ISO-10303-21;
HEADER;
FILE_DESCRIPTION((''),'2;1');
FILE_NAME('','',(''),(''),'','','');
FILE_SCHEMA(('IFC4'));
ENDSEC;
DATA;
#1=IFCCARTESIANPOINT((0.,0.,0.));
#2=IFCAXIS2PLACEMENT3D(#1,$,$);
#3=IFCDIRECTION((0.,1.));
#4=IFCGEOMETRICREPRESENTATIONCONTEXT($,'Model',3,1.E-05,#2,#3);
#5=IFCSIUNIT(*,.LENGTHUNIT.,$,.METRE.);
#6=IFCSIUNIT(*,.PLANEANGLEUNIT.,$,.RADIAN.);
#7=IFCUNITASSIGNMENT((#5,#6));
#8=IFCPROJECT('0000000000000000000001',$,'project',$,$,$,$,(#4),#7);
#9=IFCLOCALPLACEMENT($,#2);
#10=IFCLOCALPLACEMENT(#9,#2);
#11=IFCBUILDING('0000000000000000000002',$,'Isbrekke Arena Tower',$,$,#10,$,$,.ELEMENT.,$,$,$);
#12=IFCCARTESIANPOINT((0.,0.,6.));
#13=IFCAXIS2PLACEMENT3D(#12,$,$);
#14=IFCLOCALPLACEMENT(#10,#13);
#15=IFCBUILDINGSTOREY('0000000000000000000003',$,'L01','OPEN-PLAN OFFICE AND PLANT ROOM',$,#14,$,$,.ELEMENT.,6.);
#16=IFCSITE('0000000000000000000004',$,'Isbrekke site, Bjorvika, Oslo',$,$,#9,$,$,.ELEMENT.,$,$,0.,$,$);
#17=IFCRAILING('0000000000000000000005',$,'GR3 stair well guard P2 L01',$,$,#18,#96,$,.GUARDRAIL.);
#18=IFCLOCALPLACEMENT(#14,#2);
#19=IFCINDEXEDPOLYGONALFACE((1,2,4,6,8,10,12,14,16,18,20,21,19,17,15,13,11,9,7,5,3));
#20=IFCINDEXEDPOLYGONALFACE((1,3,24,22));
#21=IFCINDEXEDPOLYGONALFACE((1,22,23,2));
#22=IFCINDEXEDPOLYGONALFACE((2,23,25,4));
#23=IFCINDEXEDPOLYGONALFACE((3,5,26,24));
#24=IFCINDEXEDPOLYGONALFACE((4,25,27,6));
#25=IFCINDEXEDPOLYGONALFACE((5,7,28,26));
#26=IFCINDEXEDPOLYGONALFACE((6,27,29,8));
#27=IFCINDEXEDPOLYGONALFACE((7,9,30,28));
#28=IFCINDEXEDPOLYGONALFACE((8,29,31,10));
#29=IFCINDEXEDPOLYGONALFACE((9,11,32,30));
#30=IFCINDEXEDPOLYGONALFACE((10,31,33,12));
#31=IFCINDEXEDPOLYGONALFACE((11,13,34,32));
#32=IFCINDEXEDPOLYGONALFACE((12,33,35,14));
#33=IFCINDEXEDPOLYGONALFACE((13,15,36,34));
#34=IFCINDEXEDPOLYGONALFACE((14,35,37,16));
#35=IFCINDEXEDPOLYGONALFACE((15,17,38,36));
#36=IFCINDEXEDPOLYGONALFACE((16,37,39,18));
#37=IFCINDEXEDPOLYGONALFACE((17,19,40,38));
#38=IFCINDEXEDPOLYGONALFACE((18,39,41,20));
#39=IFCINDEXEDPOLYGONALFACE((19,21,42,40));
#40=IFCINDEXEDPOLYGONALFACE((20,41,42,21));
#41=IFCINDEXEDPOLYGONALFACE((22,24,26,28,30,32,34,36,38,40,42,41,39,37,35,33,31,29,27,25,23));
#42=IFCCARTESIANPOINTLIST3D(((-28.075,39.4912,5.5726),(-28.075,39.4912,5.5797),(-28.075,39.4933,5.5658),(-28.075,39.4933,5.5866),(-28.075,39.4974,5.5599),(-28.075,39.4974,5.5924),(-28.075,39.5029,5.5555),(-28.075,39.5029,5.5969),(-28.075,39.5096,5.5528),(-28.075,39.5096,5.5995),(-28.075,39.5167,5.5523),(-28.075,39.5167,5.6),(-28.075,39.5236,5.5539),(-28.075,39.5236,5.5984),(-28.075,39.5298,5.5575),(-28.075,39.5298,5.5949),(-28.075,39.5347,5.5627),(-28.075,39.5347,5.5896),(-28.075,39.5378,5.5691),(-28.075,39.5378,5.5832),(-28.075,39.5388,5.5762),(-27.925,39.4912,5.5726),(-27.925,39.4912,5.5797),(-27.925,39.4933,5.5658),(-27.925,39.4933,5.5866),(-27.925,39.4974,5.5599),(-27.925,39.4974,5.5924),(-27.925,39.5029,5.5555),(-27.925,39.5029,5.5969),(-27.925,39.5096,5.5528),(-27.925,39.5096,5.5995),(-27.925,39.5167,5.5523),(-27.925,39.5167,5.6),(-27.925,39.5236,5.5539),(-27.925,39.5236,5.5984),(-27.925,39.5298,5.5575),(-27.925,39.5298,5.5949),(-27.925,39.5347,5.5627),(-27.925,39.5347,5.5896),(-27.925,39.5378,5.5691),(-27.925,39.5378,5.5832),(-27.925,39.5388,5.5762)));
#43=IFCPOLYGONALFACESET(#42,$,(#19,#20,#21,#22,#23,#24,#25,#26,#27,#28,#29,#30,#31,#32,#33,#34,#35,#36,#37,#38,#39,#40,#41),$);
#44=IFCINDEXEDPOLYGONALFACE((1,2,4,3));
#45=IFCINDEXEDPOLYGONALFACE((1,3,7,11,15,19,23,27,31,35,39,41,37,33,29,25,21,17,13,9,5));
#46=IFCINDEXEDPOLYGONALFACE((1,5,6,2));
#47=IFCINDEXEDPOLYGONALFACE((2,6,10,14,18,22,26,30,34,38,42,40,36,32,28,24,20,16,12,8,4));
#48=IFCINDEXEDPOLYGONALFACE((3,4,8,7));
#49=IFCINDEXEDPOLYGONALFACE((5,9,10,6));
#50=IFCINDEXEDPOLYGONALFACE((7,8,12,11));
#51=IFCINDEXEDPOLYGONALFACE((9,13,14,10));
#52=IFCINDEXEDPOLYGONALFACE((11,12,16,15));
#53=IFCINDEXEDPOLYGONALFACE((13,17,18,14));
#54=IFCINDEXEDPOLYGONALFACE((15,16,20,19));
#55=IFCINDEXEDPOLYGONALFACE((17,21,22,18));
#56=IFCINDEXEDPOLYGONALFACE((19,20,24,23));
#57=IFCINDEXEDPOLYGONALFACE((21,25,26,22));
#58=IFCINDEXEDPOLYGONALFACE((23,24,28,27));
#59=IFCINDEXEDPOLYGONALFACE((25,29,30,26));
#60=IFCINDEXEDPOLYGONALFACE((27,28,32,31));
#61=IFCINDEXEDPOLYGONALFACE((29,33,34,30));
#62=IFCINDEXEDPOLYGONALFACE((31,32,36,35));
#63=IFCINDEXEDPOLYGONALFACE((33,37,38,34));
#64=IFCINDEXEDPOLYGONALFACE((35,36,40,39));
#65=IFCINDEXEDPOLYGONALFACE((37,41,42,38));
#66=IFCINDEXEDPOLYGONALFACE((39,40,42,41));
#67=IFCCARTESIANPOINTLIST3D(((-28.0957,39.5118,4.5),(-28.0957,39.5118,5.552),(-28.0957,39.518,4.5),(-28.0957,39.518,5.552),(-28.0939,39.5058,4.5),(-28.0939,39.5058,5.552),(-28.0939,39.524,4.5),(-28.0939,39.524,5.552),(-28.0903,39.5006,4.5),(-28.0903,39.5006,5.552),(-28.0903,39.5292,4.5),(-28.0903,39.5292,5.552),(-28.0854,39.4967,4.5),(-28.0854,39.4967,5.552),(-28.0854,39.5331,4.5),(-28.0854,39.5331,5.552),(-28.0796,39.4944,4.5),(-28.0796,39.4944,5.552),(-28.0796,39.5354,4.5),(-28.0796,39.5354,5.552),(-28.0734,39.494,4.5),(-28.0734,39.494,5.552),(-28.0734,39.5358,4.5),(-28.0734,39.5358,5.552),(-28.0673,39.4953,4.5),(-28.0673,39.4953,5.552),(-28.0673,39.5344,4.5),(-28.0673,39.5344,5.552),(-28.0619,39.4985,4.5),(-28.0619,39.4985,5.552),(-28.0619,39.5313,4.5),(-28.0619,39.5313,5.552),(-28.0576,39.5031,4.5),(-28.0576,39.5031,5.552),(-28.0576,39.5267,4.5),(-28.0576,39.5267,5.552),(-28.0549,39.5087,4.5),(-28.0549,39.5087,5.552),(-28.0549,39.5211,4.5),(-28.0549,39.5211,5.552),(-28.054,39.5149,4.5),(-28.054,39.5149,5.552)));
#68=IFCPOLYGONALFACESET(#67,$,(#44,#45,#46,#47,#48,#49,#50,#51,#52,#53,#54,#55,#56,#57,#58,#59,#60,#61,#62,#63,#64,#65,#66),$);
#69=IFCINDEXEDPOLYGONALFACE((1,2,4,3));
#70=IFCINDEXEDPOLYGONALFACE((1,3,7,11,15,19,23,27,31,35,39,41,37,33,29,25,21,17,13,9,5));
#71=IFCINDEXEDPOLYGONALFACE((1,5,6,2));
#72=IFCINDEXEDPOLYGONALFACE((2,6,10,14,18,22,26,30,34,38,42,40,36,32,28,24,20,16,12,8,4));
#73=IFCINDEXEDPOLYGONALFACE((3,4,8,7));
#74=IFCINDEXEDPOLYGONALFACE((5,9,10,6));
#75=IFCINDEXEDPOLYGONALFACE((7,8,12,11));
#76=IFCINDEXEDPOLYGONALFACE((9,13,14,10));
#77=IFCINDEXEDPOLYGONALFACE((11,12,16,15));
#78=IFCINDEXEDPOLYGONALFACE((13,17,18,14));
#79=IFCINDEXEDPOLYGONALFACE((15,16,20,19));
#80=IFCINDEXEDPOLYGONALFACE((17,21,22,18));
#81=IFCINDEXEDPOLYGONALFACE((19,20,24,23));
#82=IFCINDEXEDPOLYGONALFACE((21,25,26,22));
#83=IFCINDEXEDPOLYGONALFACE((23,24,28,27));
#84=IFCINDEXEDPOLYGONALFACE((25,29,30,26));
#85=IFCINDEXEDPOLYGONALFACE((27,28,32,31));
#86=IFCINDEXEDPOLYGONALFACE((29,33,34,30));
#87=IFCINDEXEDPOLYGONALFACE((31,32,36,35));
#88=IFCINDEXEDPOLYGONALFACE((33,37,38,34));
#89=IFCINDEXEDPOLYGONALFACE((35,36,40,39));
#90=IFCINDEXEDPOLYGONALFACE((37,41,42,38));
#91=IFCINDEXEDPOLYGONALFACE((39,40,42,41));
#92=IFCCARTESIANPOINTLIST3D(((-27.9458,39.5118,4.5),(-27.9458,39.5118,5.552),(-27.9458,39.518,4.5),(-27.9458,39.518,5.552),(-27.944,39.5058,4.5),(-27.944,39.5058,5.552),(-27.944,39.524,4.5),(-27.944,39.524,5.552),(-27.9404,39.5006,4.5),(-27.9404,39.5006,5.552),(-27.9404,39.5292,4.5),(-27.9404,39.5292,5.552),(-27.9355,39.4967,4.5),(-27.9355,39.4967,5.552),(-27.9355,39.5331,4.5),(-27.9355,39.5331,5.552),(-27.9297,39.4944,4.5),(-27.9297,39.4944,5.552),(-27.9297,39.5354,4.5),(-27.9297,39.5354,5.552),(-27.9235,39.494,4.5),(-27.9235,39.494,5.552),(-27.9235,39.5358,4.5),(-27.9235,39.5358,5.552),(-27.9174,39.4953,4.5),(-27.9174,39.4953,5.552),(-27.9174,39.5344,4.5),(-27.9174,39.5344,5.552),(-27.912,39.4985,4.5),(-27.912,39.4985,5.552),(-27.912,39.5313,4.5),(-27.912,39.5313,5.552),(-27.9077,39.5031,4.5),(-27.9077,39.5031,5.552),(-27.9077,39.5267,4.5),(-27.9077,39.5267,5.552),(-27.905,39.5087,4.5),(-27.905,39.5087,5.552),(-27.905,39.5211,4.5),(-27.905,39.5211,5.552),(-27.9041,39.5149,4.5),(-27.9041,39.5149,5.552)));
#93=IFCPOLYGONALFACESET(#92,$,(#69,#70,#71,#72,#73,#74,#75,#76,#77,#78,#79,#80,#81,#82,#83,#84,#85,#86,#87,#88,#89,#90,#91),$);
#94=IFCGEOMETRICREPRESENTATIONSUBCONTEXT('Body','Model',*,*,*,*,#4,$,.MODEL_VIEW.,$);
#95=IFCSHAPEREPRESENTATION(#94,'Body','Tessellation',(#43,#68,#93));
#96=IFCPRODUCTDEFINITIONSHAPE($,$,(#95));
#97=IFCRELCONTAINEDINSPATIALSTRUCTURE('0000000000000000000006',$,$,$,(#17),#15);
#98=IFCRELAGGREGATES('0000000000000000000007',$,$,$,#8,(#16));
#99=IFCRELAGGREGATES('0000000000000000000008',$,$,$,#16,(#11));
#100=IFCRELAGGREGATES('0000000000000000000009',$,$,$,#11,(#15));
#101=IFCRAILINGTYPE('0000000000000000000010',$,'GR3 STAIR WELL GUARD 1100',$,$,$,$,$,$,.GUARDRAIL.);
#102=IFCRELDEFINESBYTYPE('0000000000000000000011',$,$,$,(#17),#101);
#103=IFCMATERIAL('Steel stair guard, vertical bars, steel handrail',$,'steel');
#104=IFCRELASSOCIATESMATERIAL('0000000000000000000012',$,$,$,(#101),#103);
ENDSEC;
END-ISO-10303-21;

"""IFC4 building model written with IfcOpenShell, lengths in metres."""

from ifc_helpers import new_model, si_unit, direction, frame, origin, origin_2d, place, context, subcontext, project, spatial, circle, extrude, material, type_object, element, save


model = new_model("IFC4")

# Units and contexts
model_context = context("Model", 3, precision=1e-05, world=origin(), true_north=direction((0.0, 1.0)))
body_context = subcontext(model_context, "Body", "Model", "MODEL_VIEW")
ifc_project = project(units=[si_unit("LENGTHUNIT", "METRE"), si_unit("PLANEANGLEUNIT", "RADIAN")], contexts=[model_context])

# Site, building, storey
site_placement = place(None, origin())
site = spatial("IfcSite", under=ifc_project, at=site_placement, Name="Isbrekke site, Bjorvika, Oslo", CompositionType="ELEMENT", RefElevation=0.0)
building_placement = place(site_placement, origin())
building = spatial("IfcBuilding", under=site, at=building_placement, Name="Isbrekke Arena Tower", CompositionType="ELEMENT")
storey_placement = place(building_placement, frame((0.0, 0.0, 6.0)))
storey = spatial("IfcBuildingStorey", under=building, at=storey_placement, Name="L01", Description="OPEN-PLAN OFFICE AND PLANT ROOM", CompositionType="ELEMENT", Elevation=6.0)

# Railing
ifc_material_1 = material(Name="Steel stair guard, vertical bars, steel handrail", Category="steel")
railing_type = type_object("IfcRailingType", Name="GR3 STAIR WELL GUARD 1100", PredefinedType="GUARDRAIL", material=ifc_material_1)
for number, where, name in (
    (1, (-28.075, 39.5149, 4.5), "GR3 stair well guard P2 L01"),
):
    element("IfcRailing", number, at=place(storey_placement, frame(where)), inside=storey, type_object=railing_type, Name=name, PredefinedType="GUARDRAIL", context=body_context, shape_type="SweptSolid", body=[
        extrude(circle(Radius=0.0239, at=origin_2d()), frame((0.0, 0.0, 1.0762), z_axis=(1.0, 0.0, 0.0), x_axis=(0.0, 1.0, 0.0)), (0.0, 0.0, 1.0), 0.1499),
        extrude(circle(Radius=0.021, at=origin_2d()), origin(), (0.0, 0.0, 1.0), 1.052),
        extrude(circle(Radius=0.021, at=origin_2d()), frame((0.1499, 0.0, 0.0)), (0.0, 0.0, 1.0), 1.052),
    ])

save(model, "model.ifc")
